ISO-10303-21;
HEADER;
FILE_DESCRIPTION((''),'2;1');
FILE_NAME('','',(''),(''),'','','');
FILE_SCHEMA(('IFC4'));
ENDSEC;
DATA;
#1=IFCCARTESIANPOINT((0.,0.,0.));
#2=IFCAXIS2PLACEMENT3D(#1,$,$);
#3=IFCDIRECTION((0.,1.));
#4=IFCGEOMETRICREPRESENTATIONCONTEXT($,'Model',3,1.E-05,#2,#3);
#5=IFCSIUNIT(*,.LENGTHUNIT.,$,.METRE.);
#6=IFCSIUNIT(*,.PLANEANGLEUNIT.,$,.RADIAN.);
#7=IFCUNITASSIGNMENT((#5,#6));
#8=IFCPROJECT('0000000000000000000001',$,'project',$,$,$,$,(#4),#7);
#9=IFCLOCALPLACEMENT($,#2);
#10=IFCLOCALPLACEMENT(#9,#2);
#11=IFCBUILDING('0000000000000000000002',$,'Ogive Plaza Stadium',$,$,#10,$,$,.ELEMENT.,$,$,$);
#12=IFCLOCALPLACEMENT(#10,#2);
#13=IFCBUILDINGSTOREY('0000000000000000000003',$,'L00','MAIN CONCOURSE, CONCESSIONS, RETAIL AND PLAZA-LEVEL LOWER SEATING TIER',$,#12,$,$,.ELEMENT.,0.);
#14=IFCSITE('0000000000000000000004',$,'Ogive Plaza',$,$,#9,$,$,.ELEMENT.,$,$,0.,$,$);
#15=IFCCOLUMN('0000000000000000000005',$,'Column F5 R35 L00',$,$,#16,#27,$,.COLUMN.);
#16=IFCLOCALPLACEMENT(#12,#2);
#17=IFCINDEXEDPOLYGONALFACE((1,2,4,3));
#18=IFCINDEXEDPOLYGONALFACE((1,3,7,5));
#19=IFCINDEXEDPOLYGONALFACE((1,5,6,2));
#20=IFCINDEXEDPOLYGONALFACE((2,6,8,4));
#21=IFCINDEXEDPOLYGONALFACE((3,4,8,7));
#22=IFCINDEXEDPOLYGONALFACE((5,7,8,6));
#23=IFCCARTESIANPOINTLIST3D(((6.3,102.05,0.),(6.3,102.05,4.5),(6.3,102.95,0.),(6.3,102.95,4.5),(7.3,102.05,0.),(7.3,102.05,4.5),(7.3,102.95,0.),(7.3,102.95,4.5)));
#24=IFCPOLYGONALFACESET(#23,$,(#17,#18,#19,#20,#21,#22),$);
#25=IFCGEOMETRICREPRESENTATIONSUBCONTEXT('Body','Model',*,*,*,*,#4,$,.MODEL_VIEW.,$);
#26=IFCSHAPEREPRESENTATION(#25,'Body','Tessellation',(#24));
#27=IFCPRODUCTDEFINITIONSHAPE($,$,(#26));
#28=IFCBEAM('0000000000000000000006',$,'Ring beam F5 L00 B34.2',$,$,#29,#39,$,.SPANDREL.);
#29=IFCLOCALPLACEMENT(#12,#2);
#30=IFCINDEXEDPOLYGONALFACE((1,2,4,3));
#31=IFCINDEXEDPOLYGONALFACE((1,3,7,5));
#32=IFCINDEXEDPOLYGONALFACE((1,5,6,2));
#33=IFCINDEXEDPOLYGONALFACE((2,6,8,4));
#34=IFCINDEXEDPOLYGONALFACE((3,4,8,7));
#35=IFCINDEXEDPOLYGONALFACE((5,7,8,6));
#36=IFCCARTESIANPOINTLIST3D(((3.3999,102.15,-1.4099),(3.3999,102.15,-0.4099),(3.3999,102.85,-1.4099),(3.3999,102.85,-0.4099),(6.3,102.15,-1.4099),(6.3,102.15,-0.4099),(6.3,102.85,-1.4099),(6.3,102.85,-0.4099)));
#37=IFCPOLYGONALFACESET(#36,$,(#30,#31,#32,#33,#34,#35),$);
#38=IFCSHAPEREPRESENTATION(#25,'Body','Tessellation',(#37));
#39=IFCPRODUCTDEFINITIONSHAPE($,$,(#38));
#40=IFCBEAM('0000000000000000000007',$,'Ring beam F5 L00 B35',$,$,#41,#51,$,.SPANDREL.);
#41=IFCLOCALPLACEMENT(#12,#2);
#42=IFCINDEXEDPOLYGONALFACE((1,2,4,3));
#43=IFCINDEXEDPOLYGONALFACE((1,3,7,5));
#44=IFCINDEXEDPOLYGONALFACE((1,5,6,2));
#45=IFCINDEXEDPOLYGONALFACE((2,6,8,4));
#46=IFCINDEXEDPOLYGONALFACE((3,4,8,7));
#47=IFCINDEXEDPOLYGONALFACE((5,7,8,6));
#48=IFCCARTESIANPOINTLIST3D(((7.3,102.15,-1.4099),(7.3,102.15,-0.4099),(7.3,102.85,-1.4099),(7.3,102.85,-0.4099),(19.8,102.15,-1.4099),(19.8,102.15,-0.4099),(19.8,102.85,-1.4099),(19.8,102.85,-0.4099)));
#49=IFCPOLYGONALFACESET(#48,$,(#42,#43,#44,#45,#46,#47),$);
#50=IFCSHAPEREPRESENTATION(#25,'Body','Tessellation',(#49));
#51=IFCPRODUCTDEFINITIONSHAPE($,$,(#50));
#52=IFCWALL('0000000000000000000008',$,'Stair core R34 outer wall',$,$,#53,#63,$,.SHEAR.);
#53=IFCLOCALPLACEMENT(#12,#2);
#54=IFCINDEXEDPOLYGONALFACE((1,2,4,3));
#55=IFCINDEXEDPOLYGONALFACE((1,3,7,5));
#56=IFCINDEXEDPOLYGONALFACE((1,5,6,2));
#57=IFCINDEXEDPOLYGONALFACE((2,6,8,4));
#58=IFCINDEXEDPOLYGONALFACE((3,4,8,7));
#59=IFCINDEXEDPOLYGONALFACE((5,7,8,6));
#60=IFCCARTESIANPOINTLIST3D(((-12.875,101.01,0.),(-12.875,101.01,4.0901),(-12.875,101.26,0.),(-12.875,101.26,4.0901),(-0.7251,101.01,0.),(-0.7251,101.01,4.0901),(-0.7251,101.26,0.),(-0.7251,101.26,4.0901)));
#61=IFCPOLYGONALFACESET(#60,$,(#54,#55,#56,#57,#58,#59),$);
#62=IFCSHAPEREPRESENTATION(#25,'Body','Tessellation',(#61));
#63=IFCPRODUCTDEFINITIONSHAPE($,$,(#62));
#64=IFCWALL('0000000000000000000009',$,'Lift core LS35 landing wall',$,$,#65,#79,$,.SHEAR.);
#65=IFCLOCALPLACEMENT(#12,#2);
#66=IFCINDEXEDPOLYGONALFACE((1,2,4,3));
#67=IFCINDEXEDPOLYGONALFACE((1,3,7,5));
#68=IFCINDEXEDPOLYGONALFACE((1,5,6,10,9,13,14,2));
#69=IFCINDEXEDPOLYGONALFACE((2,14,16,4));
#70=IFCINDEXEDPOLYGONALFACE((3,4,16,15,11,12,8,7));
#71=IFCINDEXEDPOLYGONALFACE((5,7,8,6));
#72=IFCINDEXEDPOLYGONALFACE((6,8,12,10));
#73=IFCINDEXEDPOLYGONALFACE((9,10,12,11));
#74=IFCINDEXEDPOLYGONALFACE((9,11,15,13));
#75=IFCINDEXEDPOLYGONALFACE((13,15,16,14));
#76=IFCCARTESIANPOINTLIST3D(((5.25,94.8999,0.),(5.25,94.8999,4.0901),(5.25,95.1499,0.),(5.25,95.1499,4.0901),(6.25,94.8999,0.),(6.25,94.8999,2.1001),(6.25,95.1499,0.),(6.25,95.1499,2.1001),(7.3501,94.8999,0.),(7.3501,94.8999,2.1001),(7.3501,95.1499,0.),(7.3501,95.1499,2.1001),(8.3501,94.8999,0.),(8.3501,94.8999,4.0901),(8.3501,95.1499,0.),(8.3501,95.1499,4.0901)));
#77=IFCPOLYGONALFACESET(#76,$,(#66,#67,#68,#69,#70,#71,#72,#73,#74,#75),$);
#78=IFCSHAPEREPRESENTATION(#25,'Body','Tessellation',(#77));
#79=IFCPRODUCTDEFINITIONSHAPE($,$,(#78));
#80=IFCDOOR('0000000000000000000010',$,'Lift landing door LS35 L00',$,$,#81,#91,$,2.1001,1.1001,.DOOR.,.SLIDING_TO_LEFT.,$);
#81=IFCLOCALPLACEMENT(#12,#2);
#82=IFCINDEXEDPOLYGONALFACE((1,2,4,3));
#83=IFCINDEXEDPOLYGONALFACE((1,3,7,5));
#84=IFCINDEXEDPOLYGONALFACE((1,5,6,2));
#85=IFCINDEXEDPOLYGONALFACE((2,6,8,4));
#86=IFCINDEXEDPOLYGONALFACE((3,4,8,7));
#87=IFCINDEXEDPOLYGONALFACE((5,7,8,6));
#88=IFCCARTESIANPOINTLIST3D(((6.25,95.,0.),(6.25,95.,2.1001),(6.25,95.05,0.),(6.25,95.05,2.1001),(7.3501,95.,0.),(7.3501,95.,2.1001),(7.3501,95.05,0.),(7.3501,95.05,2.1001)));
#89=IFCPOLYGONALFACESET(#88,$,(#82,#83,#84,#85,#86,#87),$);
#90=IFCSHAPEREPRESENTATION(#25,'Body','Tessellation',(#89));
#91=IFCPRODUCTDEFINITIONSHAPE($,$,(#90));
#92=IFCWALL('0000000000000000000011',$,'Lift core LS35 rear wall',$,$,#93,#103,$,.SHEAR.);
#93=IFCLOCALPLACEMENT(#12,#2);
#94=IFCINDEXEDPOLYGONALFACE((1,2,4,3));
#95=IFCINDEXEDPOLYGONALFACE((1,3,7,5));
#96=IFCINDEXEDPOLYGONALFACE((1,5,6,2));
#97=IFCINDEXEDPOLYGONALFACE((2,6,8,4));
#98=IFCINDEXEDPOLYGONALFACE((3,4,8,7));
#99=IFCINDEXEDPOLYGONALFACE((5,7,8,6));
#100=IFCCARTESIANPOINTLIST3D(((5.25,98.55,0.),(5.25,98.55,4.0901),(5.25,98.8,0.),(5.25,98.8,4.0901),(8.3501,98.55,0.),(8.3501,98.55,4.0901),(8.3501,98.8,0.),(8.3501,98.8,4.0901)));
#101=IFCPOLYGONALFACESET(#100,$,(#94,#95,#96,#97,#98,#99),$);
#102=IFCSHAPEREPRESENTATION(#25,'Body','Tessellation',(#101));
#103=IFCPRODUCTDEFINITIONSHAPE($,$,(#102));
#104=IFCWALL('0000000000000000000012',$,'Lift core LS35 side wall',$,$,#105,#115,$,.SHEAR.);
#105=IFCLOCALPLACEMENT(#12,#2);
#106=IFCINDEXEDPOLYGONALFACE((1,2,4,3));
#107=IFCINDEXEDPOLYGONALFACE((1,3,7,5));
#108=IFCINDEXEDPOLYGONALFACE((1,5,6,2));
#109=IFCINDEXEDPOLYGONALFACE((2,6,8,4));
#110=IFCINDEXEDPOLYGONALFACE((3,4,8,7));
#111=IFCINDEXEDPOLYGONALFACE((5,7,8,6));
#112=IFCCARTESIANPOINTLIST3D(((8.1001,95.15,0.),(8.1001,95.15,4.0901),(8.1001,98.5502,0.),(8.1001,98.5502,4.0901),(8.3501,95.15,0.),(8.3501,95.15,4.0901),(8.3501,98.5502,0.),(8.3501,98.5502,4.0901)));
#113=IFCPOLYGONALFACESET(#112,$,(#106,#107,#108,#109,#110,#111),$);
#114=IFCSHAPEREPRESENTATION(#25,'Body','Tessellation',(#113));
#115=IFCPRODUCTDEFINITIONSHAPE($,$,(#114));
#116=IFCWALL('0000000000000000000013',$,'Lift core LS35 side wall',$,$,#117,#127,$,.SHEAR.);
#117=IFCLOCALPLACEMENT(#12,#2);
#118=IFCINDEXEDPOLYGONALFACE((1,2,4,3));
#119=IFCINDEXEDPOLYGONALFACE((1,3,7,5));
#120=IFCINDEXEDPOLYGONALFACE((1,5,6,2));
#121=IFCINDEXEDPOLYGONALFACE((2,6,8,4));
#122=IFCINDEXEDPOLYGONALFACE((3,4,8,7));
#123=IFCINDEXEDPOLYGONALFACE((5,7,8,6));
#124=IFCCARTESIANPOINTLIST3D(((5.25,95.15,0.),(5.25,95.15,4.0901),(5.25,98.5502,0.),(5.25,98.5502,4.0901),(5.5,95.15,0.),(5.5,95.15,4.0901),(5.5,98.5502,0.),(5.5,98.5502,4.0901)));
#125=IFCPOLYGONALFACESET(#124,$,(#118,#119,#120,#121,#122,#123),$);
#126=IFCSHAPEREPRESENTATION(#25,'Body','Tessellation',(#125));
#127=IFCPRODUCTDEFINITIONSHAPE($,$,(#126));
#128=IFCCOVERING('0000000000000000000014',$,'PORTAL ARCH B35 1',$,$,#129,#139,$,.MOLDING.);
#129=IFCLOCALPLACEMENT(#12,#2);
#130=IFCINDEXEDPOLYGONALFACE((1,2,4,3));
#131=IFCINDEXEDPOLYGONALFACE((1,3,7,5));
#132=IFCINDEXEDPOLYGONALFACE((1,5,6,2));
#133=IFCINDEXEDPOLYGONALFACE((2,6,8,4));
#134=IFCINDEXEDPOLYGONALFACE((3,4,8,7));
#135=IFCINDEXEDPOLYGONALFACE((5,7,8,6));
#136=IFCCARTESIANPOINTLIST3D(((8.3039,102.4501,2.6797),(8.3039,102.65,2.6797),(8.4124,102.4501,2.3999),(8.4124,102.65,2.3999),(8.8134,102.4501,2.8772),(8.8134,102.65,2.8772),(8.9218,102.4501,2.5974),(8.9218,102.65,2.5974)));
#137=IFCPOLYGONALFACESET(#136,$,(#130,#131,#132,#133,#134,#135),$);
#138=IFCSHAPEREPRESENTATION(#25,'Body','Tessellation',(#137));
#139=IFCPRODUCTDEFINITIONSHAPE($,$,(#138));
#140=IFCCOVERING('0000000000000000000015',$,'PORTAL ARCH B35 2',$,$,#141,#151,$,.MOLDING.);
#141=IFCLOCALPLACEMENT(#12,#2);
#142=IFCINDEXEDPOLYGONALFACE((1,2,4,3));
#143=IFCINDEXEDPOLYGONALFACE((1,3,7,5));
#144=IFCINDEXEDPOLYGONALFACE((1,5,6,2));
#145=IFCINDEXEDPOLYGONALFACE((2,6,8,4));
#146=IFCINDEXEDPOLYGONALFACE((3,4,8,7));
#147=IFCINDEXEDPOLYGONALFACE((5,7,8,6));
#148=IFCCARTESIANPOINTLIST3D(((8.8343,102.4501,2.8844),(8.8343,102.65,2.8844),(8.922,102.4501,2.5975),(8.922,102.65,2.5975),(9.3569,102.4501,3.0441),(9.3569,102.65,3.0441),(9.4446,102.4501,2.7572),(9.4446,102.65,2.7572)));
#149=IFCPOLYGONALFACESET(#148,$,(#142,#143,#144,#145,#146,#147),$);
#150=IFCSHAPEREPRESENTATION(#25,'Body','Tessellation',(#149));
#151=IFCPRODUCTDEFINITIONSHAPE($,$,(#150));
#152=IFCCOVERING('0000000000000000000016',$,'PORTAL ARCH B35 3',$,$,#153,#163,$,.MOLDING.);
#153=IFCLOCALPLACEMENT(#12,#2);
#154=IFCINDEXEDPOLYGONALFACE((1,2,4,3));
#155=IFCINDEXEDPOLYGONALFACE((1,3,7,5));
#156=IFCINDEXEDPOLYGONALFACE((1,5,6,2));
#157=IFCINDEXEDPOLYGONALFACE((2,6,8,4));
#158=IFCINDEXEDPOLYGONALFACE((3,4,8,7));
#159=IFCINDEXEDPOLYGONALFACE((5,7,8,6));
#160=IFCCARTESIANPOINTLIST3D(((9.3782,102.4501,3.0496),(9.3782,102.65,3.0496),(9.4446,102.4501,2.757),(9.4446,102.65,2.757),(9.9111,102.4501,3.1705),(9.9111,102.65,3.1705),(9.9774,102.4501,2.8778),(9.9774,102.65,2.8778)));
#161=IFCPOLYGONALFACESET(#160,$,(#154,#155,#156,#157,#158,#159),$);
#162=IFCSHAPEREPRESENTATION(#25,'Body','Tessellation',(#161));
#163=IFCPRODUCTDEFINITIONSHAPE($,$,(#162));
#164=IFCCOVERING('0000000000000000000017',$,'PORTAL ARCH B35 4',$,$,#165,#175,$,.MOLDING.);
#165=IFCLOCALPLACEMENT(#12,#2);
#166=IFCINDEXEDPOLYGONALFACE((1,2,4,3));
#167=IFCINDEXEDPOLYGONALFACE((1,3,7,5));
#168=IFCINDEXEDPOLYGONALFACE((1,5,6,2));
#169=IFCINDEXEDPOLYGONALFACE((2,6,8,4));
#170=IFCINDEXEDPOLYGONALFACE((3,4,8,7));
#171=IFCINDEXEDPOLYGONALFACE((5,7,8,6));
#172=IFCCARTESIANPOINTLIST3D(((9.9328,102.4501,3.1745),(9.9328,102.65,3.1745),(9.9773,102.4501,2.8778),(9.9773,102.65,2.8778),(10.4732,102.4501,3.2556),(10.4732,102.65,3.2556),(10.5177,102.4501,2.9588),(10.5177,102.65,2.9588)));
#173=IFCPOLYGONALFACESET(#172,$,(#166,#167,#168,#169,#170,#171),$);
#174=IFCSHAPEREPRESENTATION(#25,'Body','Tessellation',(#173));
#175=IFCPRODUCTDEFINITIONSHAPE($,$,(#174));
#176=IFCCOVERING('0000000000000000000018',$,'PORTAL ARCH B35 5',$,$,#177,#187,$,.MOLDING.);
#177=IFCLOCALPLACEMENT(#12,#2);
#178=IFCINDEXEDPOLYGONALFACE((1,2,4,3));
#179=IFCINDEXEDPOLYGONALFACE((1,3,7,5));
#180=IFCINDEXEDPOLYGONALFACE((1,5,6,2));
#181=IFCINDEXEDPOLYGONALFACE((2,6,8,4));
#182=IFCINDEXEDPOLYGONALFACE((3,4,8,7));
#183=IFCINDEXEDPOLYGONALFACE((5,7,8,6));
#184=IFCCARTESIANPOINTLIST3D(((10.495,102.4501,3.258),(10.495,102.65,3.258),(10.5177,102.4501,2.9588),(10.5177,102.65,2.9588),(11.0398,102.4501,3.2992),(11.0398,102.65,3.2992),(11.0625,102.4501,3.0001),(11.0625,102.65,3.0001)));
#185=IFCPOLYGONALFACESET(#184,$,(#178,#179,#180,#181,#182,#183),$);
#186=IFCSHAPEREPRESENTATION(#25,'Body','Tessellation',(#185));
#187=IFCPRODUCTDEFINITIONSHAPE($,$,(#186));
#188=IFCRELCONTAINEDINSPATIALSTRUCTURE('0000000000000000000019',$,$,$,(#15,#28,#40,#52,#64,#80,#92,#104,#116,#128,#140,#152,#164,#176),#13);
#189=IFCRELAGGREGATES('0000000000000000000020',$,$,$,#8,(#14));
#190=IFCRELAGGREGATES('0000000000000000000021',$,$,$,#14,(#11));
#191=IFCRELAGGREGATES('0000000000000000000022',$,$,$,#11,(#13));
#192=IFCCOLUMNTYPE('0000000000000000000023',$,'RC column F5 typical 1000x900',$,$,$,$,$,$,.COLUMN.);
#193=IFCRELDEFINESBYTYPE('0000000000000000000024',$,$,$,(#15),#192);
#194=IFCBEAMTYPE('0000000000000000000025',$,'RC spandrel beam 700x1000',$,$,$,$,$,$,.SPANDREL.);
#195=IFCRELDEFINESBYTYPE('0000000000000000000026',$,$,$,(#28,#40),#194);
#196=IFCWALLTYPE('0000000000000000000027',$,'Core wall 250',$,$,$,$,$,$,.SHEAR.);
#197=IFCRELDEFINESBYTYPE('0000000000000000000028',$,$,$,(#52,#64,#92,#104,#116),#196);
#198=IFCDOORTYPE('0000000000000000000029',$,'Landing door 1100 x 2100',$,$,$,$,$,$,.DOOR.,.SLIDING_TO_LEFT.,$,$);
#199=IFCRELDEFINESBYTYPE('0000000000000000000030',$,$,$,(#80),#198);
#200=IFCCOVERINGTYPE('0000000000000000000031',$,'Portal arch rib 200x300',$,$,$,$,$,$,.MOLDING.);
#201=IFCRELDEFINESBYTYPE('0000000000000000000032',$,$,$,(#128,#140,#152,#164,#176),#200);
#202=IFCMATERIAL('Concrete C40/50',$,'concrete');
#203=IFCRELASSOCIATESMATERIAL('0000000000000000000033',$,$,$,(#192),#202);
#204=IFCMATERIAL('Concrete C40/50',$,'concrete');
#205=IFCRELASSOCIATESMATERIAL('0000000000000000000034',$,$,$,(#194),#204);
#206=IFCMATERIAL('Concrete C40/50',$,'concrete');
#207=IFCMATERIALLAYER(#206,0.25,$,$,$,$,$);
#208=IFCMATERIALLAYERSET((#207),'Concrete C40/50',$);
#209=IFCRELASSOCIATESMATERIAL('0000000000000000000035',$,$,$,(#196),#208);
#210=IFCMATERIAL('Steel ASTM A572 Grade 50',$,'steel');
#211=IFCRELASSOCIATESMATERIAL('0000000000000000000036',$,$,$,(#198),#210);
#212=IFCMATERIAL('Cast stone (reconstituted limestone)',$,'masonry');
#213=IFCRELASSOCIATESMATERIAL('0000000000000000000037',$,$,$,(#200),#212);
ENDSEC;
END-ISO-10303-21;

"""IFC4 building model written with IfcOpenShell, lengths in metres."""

from ifc_helpers import new_model, si_unit, direction, frame, frame_2d, origin, origin_2d, place, context, subcontext, project, spatial, rectangle, extrude, material, layer, layer_set, material_profile, profile_set, type_object, element, fill, save


model = new_model("IFC4")

# Units and contexts
model_context = context("Model", 3, precision=1e-05, world=origin(), true_north=direction((0.0, 1.0)))
body_context = subcontext(model_context, "Body", "Model", "MODEL_VIEW")
ifc_project = project(units=[si_unit("LENGTHUNIT", "METRE"), si_unit("PLANEANGLEUNIT", "RADIAN")], contexts=[model_context])

# Site, building, storey
site_placement = place(None, origin())
site = spatial("IfcSite", under=ifc_project, at=site_placement, Name="Ogive Plaza", CompositionType="ELEMENT", RefElevation=0.0)
building_placement = place(site_placement, origin())
building = spatial("IfcBuilding", under=site, at=building_placement, Name="Ogive Plaza Stadium", CompositionType="ELEMENT")
storey_placement = place(building_placement, origin())
storey = spatial("IfcBuildingStorey", under=building, at=storey_placement, Name="L00", Description="MAIN CONCOURSE, CONCESSIONS, RETAIL AND PLAZA-LEVEL LOWER SEATING TIER", CompositionType="ELEMENT", Elevation=0.0)

# Column
ifc_material_1 = material(Name="Concrete C40/50", Category="concrete")
ifc_material_profile_1 = material_profile(ifc_material_1, rectangle(XDim=1.0, YDim=0.8999, at=origin_2d()), Name="RC 1000x900")
ifc_profile_set_1 = profile_set([ifc_material_profile_1], Name="Concrete C40/50")
column_type = type_object("IfcColumnType", Name="RC column F5 typical 1000x900", PredefinedType="COLUMN", material=ifc_profile_set_1)
column_placement = place(storey_placement, frame((6.8, 102.5, 0.0), z_axis=(0.0, 0.0, 1.0), x_axis=(-1.0, 0.0, 0.0)))
element("IfcColumn", 1, at=column_placement, inside=storey, type_object=column_type, Name="Column F5 R35 L00", PredefinedType="COLUMN", context=body_context, shape_type="SweptSolid", body=[
    extrude(rectangle(XDim=1.0, YDim=0.8999, at=origin_2d()), origin(), (0.0, 0.0, 1.0), 4.5),
])

# Beams
ifc_material_2 = material(Name="Concrete C40/50", Category="concrete")
ifc_material_profile_2 = material_profile(ifc_material_2, rectangle(XDim=0.7, YDim=1.0, at=origin_2d()), Name="RC 700x1000")
ifc_profile_set_2 = profile_set([ifc_material_profile_2], Name="Concrete C40/50")
beam_type = type_object("IfcBeamType", Name="RC spandrel beam 700x1000", PredefinedType="SPANDREL", material=ifc_profile_set_2)
beam_1_placement = place(storey_placement, frame((3.3999, 102.5, -0.9099), z_axis=(1.0, 0.0, 0.0), x_axis=(0.0, 1.0, 0.0)))
element("IfcBeam", 2, at=beam_1_placement, inside=storey, type_object=beam_type, Name="Ring beam F5 L00 B34.2", PredefinedType="SPANDREL", context=body_context, shape_type="SweptSolid", body=[
    extrude(rectangle(XDim=0.7, YDim=1.0, at=origin_2d()), origin(), (0.0, 0.0, 1.0), 2.9001),
])
beam_2_placement = place(storey_placement, frame((7.3, 102.5, -0.9099), z_axis=(1.0, 0.0, 0.0), x_axis=(0.0, 1.0, 0.0)))
element("IfcBeam", 3, at=beam_2_placement, inside=storey, type_object=beam_type, Name="Ring beam F5 L00 B35", PredefinedType="SPANDREL", context=body_context, shape_type="SweptSolid", body=[
    extrude(rectangle(XDim=0.7, YDim=1.0, at=origin_2d()), origin(), (0.0, 0.0, 1.0), 12.5),
])

# Wall
ifc_material_3 = material(Name="Concrete C40/50", Category="concrete")
ifc_layer_1 = layer(ifc_material_3, 0.25)
ifc_layer_set_1 = layer_set([ifc_layer_1], Name="Concrete C40/50")
wall_type_1 = type_object("IfcWallType", Name="Core wall 250", PredefinedType="SHEAR", material=ifc_layer_set_1)
wall_1_placement = place(storey_placement, frame((-0.7251, 101.135, 0.0), z_axis=(0.0, 0.0, 1.0), x_axis=(-1.0, 0.0, 0.0)))
element("IfcWall", 4, at=wall_1_placement, inside=storey, type_object=wall_type_1, Name="Stair core R34 outer wall", PredefinedType="SHEAR", context=body_context, shape_type="SweptSolid", body=[
    extrude(rectangle(XDim=12.1499, YDim=0.25, at=frame_2d((6.075, 0.0))), origin(), (0.0, 0.0, 1.0), 4.0901),
])

# Wall, opening, door
wall_2_placement = place(storey_placement, frame((8.3501, 95.0249, 0.0), z_axis=(0.0, 0.0, 1.0), x_axis=(-1.0, 0.0, 0.0)))
wall_2 = element("IfcWall", 5, at=wall_2_placement, inside=storey, type_object=wall_type_1, Name="Lift core LS35 landing wall", PredefinedType="SHEAR", context=body_context, shape_type="SweptSolid", body=[
    extrude(rectangle(XDim=3.1001, YDim=0.25, at=frame_2d((1.55, 0.0))), origin(), (0.0, 0.0, 1.0), 4.0901),
])
opening_1_placement = place(wall_2_placement, frame((1.0, 0.0, 0.0)))
opening_1 = element("IfcOpeningElement", 6, at=opening_1_placement, cuts=wall_2, PredefinedType="OPENING", context=body_context, shape_type="SweptSolid", body=[
    extrude(rectangle(XDim=1.1001, YDim=2.1001, at=frame_2d((0.55, 1.05))), frame((0.0, 0.125, 0.0), z_axis=(0.0, -1.0, 0.0), x_axis=(1.0, 0.0, 0.0)), (0.0, 0.0, 1.0), 0.25),
])
ifc_material_4 = material(Name="Steel ASTM A572 Grade 50", Category="steel")
door_type_1 = type_object("IfcDoorType", Name="Landing door 1100 x 2100", OperationType="SLIDING_TO_LEFT", PredefinedType="DOOR", material=ifc_material_4)
door_1_placement = place(opening_1_placement, origin())
door_1 = element("IfcDoor", 7, at=door_1_placement, inside=storey, type_object=door_type_1, Name="Lift landing door LS35 L00", OperationType="SLIDING_TO_LEFT", OverallHeight=2.1001, OverallWidth=1.1001, PredefinedType="DOOR", context=body_context, shape_type="SweptSolid", body=[
    extrude(rectangle(XDim=1.1001, YDim=2.1001, at=frame_2d((0.55, 1.05))), frame((0.0, 0.0249, 0.0), z_axis=(0.0, -1.0, 0.0), x_axis=(1.0, 0.0, 0.0)), (0.0, 0.0, 1.0), 0.05),
])
fill(opening_1, door_1)

# Walls
wall_3_placement = place(storey_placement, frame((8.3501, 98.675, 0.0), z_axis=(0.0, 0.0, 1.0), x_axis=(-1.0, 0.0, 0.0)))
element("IfcWall", 8, at=wall_3_placement, inside=storey, type_object=wall_type_1, Name="Lift core LS35 rear wall", PredefinedType="SHEAR", context=body_context, shape_type="SweptSolid", body=[
    extrude(rectangle(XDim=3.1001, YDim=0.25, at=frame_2d((1.55, 0.0))), origin(), (0.0, 0.0, 1.0), 4.0901),
])
for number, where, z_axis, x_axis, name in (
    (9, (8.2251, 95.1499, 0.0), (0.0, 0.0, 1.0), (0.0, 1.0, 0.0), "Lift core LS35 side wall"),
    (10, (5.375, 95.1499, 0.0), (0.0, 0.0, 1.0), (0.0, 1.0, 0.0), "Lift core LS35 side wall"),
):
    element("IfcWall", number, at=place(storey_placement, frame(where, z_axis=z_axis, x_axis=x_axis)), inside=storey, type_object=wall_type_1, Name=name, PredefinedType="SHEAR", context=body_context, shape_type="SweptSolid", body=[
        extrude(rectangle(XDim=3.4001, YDim=0.25, at=frame_2d((1.7002, 0.0))), origin(), (0.0, 0.0, 1.0), 4.0901),
    ])

# Coverings
ifc_material_5 = material(Name="Cast stone (reconstituted limestone)", Category="masonry")
ifc_material_profile_3 = material_profile(ifc_material_5, rectangle(XDim=0.2, YDim=0.3, at=origin_2d()), Name="Cast stone 200x300")
ifc_profile_set_3 = profile_set([ifc_material_profile_3], Name="Cast stone (reconstituted limestone)")
covering_type = type_object("IfcCoveringType", Name="Portal arch rib 200x300", PredefinedType="MOLDING", material=ifc_profile_set_3)
for number, where, z_axis, x_axis, name in (
    (11, (8.3582, 102.55, 2.5398), (0.932398, 0.0, 0.361433), (0.0, 1.0, 0.0), "PORTAL ARCH B35 1"),
    (12, (8.8782, 102.55, 2.741), (0.956338, 0.0, 0.292264), (0.0, 1.0, 0.0), "PORTAL ARCH B35 2"),
    (13, (9.4114, 102.55, 2.9033), (0.975242, 0.0, 0.221138), (0.0, 1.0, 0.0), "PORTAL ARCH B35 3"),
    (14, (9.9551, 102.55, 3.0261), (0.988933, 0.0, 0.148362), (0.0, 1.0, 0.0), "PORTAL ARCH B35 4"),
    (15, (10.5063, 102.55, 3.1084), (0.997146, 0.0, 0.075501), (0.0, 1.0, 0.0), "PORTAL ARCH B35 5"),
):
    element("IfcCovering", number, at=place(storey_placement, frame(where, z_axis=z_axis, x_axis=x_axis)), inside=storey, type_object=covering_type, Name=name, PredefinedType="MOLDING", context=body_context, shape_type="SweptSolid", body=[
        extrude(rectangle(XDim=0.2, YDim=0.3, at=origin_2d()), origin(), (0.0, 0.0, 1.0), 0.5464),
    ])

save(model, "model.ifc")
